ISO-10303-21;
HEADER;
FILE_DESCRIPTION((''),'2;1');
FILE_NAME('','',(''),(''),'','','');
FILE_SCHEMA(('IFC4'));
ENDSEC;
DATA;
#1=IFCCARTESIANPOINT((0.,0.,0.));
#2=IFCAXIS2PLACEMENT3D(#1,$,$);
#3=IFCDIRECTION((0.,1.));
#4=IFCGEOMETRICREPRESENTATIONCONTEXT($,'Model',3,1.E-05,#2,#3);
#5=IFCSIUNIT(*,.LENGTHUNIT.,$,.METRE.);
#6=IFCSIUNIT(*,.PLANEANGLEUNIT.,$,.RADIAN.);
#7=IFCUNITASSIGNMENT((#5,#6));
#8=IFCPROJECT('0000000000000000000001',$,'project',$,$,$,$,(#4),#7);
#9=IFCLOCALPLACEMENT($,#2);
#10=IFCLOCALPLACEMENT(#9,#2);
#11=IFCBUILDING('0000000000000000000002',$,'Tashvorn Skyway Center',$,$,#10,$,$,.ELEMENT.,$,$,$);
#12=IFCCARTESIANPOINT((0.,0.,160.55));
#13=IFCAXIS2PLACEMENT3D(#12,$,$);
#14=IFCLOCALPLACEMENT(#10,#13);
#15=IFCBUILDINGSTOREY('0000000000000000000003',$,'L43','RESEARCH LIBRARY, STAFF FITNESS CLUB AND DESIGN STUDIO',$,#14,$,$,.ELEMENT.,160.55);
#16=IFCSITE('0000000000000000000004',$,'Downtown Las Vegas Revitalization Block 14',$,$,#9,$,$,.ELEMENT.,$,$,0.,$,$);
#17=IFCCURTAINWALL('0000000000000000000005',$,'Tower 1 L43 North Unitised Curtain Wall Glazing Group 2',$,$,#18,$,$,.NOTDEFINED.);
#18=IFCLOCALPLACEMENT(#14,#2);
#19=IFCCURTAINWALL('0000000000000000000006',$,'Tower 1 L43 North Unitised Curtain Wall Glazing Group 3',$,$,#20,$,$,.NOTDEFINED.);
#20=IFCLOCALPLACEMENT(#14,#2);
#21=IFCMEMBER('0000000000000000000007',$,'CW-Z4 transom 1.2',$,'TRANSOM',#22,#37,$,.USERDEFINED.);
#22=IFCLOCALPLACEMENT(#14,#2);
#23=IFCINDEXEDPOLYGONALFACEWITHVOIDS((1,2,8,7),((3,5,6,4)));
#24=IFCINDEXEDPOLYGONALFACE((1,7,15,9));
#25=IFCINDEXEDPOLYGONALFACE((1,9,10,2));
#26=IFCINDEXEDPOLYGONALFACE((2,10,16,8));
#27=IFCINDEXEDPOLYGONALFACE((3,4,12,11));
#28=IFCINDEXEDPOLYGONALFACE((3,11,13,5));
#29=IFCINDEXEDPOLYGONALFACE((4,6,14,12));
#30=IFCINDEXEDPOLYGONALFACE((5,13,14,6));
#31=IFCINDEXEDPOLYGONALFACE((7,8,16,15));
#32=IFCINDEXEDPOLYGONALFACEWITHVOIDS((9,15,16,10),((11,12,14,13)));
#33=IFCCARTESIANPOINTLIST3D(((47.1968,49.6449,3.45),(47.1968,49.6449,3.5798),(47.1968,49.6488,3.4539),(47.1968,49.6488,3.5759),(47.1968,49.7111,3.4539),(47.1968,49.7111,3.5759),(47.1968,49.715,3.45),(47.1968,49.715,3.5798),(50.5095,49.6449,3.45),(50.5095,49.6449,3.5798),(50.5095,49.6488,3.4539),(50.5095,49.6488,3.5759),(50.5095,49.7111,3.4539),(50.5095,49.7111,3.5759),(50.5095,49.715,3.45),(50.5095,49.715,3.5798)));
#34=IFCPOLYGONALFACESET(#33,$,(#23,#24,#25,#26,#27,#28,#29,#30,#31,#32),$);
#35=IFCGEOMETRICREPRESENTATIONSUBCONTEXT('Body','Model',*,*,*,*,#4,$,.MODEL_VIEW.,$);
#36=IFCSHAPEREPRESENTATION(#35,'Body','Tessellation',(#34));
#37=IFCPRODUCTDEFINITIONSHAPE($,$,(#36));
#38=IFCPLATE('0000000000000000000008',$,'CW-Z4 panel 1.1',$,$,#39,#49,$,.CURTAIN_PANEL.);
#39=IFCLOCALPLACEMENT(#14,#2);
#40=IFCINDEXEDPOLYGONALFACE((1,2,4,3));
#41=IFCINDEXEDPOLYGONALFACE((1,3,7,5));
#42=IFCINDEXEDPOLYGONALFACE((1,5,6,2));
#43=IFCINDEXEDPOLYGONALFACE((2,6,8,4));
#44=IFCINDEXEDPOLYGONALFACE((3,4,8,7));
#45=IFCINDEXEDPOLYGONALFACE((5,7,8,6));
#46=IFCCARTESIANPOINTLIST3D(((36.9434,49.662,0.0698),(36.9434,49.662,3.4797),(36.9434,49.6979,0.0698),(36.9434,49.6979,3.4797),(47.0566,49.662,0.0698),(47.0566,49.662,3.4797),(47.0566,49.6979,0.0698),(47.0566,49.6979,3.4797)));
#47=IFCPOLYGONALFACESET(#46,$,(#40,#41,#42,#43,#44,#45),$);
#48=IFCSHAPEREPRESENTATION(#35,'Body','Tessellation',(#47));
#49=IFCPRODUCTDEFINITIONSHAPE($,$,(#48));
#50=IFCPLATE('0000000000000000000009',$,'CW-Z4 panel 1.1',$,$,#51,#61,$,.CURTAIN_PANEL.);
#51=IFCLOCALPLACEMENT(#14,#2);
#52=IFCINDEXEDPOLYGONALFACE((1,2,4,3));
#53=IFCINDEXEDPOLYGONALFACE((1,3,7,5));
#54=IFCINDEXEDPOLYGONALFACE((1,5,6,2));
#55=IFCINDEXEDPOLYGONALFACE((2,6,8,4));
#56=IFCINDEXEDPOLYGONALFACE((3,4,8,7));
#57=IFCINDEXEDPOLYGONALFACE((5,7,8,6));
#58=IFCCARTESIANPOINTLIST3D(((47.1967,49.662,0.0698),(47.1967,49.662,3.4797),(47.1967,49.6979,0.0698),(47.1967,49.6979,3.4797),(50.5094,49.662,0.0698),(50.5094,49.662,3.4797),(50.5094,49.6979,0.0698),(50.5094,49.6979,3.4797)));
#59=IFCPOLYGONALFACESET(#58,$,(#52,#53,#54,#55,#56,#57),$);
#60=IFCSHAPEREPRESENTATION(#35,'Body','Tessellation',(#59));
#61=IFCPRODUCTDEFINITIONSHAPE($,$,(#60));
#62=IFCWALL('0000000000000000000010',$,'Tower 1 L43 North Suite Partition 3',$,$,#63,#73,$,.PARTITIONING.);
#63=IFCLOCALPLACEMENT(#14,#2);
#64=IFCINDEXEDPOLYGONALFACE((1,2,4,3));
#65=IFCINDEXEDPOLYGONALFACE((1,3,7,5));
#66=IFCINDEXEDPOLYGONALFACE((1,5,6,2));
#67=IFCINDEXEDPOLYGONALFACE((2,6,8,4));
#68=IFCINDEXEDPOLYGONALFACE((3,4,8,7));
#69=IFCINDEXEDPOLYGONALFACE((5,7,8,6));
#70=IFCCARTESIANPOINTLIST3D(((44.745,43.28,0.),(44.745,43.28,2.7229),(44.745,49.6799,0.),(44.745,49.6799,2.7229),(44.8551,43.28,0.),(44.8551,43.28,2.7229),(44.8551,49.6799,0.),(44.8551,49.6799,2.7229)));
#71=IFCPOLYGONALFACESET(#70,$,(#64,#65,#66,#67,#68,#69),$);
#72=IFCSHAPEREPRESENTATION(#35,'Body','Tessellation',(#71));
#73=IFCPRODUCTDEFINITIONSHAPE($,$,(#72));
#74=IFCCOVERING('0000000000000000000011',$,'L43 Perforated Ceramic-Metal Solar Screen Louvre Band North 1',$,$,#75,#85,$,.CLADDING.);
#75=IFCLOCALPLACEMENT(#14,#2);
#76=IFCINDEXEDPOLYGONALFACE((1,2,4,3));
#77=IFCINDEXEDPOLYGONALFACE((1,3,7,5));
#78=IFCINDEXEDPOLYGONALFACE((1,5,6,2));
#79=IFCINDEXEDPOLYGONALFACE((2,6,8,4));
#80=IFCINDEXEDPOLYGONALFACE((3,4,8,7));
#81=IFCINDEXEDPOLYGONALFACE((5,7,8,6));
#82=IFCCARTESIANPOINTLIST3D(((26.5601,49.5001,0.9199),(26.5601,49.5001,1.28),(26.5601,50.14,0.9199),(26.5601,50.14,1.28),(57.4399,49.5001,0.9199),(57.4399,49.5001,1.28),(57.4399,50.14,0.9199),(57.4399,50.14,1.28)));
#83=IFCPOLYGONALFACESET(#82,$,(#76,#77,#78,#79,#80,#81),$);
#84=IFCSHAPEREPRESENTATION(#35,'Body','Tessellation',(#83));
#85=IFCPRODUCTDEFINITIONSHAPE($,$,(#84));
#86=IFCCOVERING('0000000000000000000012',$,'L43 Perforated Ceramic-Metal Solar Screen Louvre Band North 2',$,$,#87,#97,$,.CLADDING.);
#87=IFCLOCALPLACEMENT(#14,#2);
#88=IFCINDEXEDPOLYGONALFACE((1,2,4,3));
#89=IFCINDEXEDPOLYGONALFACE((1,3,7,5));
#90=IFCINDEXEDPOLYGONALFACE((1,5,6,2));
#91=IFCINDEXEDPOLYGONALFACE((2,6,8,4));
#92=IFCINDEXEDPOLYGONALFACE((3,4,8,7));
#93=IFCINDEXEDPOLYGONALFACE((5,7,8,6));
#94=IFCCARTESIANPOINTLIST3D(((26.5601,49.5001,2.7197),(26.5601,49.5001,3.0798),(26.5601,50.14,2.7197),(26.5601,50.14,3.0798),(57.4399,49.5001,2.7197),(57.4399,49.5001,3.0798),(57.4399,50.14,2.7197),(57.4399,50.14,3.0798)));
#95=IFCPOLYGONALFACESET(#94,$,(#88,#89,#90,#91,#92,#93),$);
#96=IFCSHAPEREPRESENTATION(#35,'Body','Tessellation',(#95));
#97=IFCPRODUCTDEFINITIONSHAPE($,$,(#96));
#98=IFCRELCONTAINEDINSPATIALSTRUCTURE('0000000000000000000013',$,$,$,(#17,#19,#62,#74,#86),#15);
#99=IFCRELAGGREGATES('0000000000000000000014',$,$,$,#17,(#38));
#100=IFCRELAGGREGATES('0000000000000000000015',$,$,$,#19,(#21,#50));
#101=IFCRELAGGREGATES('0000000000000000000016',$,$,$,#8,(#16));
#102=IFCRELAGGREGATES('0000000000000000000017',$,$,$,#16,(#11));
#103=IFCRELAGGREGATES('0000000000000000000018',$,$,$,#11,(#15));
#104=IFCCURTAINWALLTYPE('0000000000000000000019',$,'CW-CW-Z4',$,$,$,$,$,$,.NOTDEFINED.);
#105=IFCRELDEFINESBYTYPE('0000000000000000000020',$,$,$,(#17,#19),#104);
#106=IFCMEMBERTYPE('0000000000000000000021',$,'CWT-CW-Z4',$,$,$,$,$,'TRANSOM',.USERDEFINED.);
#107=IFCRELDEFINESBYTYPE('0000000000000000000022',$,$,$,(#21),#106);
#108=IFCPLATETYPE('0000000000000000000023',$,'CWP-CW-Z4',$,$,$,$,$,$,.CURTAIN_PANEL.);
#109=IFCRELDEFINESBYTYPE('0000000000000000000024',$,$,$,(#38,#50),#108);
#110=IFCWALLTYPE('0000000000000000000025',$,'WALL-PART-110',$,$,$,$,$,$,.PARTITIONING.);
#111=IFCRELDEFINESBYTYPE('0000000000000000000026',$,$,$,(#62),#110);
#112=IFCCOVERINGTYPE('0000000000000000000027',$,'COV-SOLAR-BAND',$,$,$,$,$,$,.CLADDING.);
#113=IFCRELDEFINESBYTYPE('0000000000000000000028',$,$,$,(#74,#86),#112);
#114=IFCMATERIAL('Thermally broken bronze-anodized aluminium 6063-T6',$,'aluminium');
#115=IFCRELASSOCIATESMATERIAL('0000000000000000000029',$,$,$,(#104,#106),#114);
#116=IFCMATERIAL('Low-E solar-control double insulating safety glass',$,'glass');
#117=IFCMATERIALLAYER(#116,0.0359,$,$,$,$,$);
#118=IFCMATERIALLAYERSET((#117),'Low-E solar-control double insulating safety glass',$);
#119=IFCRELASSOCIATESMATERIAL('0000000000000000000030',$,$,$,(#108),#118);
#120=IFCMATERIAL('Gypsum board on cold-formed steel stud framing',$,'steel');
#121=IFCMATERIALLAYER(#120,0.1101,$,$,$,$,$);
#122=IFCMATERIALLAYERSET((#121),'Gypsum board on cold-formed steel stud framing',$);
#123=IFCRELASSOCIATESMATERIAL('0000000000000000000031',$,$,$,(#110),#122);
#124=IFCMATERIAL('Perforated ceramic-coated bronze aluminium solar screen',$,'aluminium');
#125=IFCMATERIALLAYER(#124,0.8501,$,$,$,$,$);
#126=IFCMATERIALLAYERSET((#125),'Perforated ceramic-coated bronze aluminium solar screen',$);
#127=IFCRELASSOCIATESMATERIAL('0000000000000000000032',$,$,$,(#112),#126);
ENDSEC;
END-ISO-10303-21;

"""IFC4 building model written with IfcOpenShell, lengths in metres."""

from ifc_helpers import new_model, si_unit, direction, frame, frame_2d, origin, origin_2d, place, context, subcontext, project, spatial, rectangle, hollow_rectangle, extrude, material, layer, layer_set, material_profile, profile_set, type_object, element, aggregate, save


model = new_model("IFC4")

# Units and contexts
model_context = context("Model", 3, precision=1e-05, world=origin(), true_north=direction((0.0, 1.0)))
body_context = subcontext(model_context, "Body", "Model", "MODEL_VIEW")
ifc_project = project(units=[si_unit("LENGTHUNIT", "METRE"), si_unit("PLANEANGLEUNIT", "RADIAN")], contexts=[model_context])

# Site, building, storey
site_placement = place(None, origin())
site = spatial("IfcSite", under=ifc_project, at=site_placement, Name="Downtown Las Vegas Revitalization Block 14", CompositionType="ELEMENT", RefElevation=0.0)
building_placement = place(site_placement, origin())
building = spatial("IfcBuilding", under=site, at=building_placement, Name="Tashvorn Skyway Center", CompositionType="ELEMENT")
storey_placement = place(building_placement, frame((0.0, 0.0, 160.55)))
storey = spatial("IfcBuildingStorey", under=building, at=storey_placement, Name="L43", Description="RESEARCH LIBRARY, STAFF FITNESS CLUB AND DESIGN STUDIO", CompositionType="ELEMENT", Elevation=160.55)

# Shared definitions
ifc_material_1 = material(Name="Thermally broken bronze-anodized aluminium 6063-T6", Category="aluminium")
curtain_wall_type = type_object("IfcCurtainWallType", Name="CW-CW-Z4", PredefinedType="NOTDEFINED", material=ifc_material_1)

# Curtain wall
curtain_wall_1_placement = place(storey_placement, origin())
curtain_wall_1 = element("IfcCurtainWall", 1, at=curtain_wall_1_placement, inside=storey, type_object=curtain_wall_type, Name="Tower 1 L43 North Unitised Curtain Wall Glazing Group 2", PredefinedType="NOTDEFINED")

# Curtain wall
curtain_wall_2_placement = place(storey_placement, origin())
curtain_wall_2 = element("IfcCurtainWall", 2, at=curtain_wall_2_placement, inside=storey, type_object=curtain_wall_type, Name="Tower 1 L43 North Unitised Curtain Wall Glazing Group 3", PredefinedType="NOTDEFINED")

# Member
ifc_material_profile_1 = material_profile(ifc_material_1, hollow_rectangle(XDim=0.0701, YDim=0.1299, WallThickness=0.0039, at=origin_2d()), Name="ALU-TRAN-70x130")
ifc_profile_set_1 = profile_set([ifc_material_profile_1], Name="Thermally broken bronze-anodized aluminium 6063-T6")
member_type_1 = type_object("IfcMemberType", Name="CWT-CW-Z4", ElementType="TRANSOM", PredefinedType="USERDEFINED", material=ifc_profile_set_1)
member_1_placement = place(storey_placement, frame((47.1968, 49.6799, 3.5149), z_axis=(1.0, 0.0, 0.0), x_axis=(0.0, 1.0, 0.0)))
member_1 = element("IfcMember", 3, at=member_1_placement, type_object=member_type_1, Name="CW-Z4 transom 1.2", ObjectType="TRANSOM", PredefinedType="USERDEFINED", context=body_context, shape_type="SweptSolid", body=[
    extrude(hollow_rectangle(XDim=0.0701, YDim=0.1299, WallThickness=0.0039, at=origin_2d()), origin(), (0.0, 0.0, 1.0), 3.3127),
])

# Plates
ifc_material_2 = material(Name="Low-E solar-control double insulating safety glass", Category="glass")
ifc_layer_1 = layer(ifc_material_2, 0.0359)
ifc_layer_set_1 = layer_set([ifc_layer_1], Name="Low-E solar-control double insulating safety glass")
plate_type = type_object("IfcPlateType", Name="CWP-CW-Z4", PredefinedType="CURTAIN_PANEL", material=ifc_layer_set_1)
plate_1_placement = place(storey_placement, frame((42.0, 49.6799, 0.0698), z_axis=(0.0, 0.0, 1.0), x_axis=(1.0, 0.0, 0.0)))
plate_1 = element("IfcPlate", 4, at=plate_1_placement, type_object=plate_type, Name="CW-Z4 panel 1.1", PredefinedType="CURTAIN_PANEL", context=body_context, shape_type="SweptSolid", body=[
    extrude(rectangle(XDim=10.1133, YDim=0.0359, at=origin_2d()), origin(), (0.0, 0.0, 1.0), 3.4099),
])
aggregate(curtain_wall_1, [plate_1])
plate_2_placement = place(storey_placement, frame((48.853, 49.6799, 0.0698), z_axis=(0.0, 0.0, 1.0), x_axis=(1.0, 0.0, 0.0)))
plate_2 = element("IfcPlate", 5, at=plate_2_placement, type_object=plate_type, Name="CW-Z4 panel 1.1", PredefinedType="CURTAIN_PANEL", context=body_context, shape_type="SweptSolid", body=[
    extrude(rectangle(XDim=3.3127, YDim=0.0359, at=origin_2d()), origin(), (0.0, 0.0, 1.0), 3.4099),
])
aggregate(curtain_wall_2, [member_1, plate_2])

# Wall
ifc_material_3 = material(Name="Gypsum board on cold-formed steel stud framing", Category="steel")
ifc_layer_2 = layer(ifc_material_3, 0.1101)
ifc_layer_set_2 = layer_set([ifc_layer_2], Name="Gypsum board on cold-formed steel stud framing")
wall_type = type_object("IfcWallType", Name="WALL-PART-110", PredefinedType="PARTITIONING", material=ifc_layer_set_2)
wall_placement = place(storey_placement, frame((44.8, 43.28, 0.0), z_axis=(0.0, 0.0, 1.0), x_axis=(0.0, 1.0, 0.0)))
element("IfcWall", 6, at=wall_placement, inside=storey, type_object=wall_type, Name="Tower 1 L43 North Suite Partition 3", PredefinedType="PARTITIONING", context=body_context, shape_type="SweptSolid", body=[
    extrude(rectangle(XDim=6.3999, YDim=0.1101, at=frame_2d((3.2, 0.0))), origin(), (0.0, 0.0, 1.0), 2.7229),
])

# Coverings
ifc_material_4 = material(Name="Perforated ceramic-coated bronze aluminium solar screen", Category="aluminium")
ifc_layer_3 = layer(ifc_material_4, 0.8501)
ifc_layer_set_3 = layer_set([ifc_layer_3], Name="Perforated ceramic-coated bronze aluminium solar screen")
covering_type = type_object("IfcCoveringType", Name="COV-SOLAR-BAND", PredefinedType="CLADDING", material=ifc_layer_set_3)
for number, where, z_axis, x_axis, name in (
    (7, (42.0, 49.8201, 0.9199), (0.0, 0.0, 1.0), (1.0, 0.0, 0.0), "L43 Perforated Ceramic-Metal Solar Screen Louvre Band North 1"),
    (8, (42.0, 49.8201, 2.7197), (0.0, 0.0, 1.0), (1.0, 0.0, 0.0), "L43 Perforated Ceramic-Metal Solar Screen Louvre Band North 2"),
):
    element("IfcCovering", number, at=place(storey_placement, frame(where, z_axis=z_axis, x_axis=x_axis)), inside=storey, type_object=covering_type, Name=name, PredefinedType="CLADDING", context=body_context, shape_type="SweptSolid", body=[
        extrude(rectangle(XDim=30.8799, YDim=0.6399, at=origin_2d()), origin(), (0.0, 0.0, 1.0), 0.3601),
    ])

save(model, "model.ifc")
